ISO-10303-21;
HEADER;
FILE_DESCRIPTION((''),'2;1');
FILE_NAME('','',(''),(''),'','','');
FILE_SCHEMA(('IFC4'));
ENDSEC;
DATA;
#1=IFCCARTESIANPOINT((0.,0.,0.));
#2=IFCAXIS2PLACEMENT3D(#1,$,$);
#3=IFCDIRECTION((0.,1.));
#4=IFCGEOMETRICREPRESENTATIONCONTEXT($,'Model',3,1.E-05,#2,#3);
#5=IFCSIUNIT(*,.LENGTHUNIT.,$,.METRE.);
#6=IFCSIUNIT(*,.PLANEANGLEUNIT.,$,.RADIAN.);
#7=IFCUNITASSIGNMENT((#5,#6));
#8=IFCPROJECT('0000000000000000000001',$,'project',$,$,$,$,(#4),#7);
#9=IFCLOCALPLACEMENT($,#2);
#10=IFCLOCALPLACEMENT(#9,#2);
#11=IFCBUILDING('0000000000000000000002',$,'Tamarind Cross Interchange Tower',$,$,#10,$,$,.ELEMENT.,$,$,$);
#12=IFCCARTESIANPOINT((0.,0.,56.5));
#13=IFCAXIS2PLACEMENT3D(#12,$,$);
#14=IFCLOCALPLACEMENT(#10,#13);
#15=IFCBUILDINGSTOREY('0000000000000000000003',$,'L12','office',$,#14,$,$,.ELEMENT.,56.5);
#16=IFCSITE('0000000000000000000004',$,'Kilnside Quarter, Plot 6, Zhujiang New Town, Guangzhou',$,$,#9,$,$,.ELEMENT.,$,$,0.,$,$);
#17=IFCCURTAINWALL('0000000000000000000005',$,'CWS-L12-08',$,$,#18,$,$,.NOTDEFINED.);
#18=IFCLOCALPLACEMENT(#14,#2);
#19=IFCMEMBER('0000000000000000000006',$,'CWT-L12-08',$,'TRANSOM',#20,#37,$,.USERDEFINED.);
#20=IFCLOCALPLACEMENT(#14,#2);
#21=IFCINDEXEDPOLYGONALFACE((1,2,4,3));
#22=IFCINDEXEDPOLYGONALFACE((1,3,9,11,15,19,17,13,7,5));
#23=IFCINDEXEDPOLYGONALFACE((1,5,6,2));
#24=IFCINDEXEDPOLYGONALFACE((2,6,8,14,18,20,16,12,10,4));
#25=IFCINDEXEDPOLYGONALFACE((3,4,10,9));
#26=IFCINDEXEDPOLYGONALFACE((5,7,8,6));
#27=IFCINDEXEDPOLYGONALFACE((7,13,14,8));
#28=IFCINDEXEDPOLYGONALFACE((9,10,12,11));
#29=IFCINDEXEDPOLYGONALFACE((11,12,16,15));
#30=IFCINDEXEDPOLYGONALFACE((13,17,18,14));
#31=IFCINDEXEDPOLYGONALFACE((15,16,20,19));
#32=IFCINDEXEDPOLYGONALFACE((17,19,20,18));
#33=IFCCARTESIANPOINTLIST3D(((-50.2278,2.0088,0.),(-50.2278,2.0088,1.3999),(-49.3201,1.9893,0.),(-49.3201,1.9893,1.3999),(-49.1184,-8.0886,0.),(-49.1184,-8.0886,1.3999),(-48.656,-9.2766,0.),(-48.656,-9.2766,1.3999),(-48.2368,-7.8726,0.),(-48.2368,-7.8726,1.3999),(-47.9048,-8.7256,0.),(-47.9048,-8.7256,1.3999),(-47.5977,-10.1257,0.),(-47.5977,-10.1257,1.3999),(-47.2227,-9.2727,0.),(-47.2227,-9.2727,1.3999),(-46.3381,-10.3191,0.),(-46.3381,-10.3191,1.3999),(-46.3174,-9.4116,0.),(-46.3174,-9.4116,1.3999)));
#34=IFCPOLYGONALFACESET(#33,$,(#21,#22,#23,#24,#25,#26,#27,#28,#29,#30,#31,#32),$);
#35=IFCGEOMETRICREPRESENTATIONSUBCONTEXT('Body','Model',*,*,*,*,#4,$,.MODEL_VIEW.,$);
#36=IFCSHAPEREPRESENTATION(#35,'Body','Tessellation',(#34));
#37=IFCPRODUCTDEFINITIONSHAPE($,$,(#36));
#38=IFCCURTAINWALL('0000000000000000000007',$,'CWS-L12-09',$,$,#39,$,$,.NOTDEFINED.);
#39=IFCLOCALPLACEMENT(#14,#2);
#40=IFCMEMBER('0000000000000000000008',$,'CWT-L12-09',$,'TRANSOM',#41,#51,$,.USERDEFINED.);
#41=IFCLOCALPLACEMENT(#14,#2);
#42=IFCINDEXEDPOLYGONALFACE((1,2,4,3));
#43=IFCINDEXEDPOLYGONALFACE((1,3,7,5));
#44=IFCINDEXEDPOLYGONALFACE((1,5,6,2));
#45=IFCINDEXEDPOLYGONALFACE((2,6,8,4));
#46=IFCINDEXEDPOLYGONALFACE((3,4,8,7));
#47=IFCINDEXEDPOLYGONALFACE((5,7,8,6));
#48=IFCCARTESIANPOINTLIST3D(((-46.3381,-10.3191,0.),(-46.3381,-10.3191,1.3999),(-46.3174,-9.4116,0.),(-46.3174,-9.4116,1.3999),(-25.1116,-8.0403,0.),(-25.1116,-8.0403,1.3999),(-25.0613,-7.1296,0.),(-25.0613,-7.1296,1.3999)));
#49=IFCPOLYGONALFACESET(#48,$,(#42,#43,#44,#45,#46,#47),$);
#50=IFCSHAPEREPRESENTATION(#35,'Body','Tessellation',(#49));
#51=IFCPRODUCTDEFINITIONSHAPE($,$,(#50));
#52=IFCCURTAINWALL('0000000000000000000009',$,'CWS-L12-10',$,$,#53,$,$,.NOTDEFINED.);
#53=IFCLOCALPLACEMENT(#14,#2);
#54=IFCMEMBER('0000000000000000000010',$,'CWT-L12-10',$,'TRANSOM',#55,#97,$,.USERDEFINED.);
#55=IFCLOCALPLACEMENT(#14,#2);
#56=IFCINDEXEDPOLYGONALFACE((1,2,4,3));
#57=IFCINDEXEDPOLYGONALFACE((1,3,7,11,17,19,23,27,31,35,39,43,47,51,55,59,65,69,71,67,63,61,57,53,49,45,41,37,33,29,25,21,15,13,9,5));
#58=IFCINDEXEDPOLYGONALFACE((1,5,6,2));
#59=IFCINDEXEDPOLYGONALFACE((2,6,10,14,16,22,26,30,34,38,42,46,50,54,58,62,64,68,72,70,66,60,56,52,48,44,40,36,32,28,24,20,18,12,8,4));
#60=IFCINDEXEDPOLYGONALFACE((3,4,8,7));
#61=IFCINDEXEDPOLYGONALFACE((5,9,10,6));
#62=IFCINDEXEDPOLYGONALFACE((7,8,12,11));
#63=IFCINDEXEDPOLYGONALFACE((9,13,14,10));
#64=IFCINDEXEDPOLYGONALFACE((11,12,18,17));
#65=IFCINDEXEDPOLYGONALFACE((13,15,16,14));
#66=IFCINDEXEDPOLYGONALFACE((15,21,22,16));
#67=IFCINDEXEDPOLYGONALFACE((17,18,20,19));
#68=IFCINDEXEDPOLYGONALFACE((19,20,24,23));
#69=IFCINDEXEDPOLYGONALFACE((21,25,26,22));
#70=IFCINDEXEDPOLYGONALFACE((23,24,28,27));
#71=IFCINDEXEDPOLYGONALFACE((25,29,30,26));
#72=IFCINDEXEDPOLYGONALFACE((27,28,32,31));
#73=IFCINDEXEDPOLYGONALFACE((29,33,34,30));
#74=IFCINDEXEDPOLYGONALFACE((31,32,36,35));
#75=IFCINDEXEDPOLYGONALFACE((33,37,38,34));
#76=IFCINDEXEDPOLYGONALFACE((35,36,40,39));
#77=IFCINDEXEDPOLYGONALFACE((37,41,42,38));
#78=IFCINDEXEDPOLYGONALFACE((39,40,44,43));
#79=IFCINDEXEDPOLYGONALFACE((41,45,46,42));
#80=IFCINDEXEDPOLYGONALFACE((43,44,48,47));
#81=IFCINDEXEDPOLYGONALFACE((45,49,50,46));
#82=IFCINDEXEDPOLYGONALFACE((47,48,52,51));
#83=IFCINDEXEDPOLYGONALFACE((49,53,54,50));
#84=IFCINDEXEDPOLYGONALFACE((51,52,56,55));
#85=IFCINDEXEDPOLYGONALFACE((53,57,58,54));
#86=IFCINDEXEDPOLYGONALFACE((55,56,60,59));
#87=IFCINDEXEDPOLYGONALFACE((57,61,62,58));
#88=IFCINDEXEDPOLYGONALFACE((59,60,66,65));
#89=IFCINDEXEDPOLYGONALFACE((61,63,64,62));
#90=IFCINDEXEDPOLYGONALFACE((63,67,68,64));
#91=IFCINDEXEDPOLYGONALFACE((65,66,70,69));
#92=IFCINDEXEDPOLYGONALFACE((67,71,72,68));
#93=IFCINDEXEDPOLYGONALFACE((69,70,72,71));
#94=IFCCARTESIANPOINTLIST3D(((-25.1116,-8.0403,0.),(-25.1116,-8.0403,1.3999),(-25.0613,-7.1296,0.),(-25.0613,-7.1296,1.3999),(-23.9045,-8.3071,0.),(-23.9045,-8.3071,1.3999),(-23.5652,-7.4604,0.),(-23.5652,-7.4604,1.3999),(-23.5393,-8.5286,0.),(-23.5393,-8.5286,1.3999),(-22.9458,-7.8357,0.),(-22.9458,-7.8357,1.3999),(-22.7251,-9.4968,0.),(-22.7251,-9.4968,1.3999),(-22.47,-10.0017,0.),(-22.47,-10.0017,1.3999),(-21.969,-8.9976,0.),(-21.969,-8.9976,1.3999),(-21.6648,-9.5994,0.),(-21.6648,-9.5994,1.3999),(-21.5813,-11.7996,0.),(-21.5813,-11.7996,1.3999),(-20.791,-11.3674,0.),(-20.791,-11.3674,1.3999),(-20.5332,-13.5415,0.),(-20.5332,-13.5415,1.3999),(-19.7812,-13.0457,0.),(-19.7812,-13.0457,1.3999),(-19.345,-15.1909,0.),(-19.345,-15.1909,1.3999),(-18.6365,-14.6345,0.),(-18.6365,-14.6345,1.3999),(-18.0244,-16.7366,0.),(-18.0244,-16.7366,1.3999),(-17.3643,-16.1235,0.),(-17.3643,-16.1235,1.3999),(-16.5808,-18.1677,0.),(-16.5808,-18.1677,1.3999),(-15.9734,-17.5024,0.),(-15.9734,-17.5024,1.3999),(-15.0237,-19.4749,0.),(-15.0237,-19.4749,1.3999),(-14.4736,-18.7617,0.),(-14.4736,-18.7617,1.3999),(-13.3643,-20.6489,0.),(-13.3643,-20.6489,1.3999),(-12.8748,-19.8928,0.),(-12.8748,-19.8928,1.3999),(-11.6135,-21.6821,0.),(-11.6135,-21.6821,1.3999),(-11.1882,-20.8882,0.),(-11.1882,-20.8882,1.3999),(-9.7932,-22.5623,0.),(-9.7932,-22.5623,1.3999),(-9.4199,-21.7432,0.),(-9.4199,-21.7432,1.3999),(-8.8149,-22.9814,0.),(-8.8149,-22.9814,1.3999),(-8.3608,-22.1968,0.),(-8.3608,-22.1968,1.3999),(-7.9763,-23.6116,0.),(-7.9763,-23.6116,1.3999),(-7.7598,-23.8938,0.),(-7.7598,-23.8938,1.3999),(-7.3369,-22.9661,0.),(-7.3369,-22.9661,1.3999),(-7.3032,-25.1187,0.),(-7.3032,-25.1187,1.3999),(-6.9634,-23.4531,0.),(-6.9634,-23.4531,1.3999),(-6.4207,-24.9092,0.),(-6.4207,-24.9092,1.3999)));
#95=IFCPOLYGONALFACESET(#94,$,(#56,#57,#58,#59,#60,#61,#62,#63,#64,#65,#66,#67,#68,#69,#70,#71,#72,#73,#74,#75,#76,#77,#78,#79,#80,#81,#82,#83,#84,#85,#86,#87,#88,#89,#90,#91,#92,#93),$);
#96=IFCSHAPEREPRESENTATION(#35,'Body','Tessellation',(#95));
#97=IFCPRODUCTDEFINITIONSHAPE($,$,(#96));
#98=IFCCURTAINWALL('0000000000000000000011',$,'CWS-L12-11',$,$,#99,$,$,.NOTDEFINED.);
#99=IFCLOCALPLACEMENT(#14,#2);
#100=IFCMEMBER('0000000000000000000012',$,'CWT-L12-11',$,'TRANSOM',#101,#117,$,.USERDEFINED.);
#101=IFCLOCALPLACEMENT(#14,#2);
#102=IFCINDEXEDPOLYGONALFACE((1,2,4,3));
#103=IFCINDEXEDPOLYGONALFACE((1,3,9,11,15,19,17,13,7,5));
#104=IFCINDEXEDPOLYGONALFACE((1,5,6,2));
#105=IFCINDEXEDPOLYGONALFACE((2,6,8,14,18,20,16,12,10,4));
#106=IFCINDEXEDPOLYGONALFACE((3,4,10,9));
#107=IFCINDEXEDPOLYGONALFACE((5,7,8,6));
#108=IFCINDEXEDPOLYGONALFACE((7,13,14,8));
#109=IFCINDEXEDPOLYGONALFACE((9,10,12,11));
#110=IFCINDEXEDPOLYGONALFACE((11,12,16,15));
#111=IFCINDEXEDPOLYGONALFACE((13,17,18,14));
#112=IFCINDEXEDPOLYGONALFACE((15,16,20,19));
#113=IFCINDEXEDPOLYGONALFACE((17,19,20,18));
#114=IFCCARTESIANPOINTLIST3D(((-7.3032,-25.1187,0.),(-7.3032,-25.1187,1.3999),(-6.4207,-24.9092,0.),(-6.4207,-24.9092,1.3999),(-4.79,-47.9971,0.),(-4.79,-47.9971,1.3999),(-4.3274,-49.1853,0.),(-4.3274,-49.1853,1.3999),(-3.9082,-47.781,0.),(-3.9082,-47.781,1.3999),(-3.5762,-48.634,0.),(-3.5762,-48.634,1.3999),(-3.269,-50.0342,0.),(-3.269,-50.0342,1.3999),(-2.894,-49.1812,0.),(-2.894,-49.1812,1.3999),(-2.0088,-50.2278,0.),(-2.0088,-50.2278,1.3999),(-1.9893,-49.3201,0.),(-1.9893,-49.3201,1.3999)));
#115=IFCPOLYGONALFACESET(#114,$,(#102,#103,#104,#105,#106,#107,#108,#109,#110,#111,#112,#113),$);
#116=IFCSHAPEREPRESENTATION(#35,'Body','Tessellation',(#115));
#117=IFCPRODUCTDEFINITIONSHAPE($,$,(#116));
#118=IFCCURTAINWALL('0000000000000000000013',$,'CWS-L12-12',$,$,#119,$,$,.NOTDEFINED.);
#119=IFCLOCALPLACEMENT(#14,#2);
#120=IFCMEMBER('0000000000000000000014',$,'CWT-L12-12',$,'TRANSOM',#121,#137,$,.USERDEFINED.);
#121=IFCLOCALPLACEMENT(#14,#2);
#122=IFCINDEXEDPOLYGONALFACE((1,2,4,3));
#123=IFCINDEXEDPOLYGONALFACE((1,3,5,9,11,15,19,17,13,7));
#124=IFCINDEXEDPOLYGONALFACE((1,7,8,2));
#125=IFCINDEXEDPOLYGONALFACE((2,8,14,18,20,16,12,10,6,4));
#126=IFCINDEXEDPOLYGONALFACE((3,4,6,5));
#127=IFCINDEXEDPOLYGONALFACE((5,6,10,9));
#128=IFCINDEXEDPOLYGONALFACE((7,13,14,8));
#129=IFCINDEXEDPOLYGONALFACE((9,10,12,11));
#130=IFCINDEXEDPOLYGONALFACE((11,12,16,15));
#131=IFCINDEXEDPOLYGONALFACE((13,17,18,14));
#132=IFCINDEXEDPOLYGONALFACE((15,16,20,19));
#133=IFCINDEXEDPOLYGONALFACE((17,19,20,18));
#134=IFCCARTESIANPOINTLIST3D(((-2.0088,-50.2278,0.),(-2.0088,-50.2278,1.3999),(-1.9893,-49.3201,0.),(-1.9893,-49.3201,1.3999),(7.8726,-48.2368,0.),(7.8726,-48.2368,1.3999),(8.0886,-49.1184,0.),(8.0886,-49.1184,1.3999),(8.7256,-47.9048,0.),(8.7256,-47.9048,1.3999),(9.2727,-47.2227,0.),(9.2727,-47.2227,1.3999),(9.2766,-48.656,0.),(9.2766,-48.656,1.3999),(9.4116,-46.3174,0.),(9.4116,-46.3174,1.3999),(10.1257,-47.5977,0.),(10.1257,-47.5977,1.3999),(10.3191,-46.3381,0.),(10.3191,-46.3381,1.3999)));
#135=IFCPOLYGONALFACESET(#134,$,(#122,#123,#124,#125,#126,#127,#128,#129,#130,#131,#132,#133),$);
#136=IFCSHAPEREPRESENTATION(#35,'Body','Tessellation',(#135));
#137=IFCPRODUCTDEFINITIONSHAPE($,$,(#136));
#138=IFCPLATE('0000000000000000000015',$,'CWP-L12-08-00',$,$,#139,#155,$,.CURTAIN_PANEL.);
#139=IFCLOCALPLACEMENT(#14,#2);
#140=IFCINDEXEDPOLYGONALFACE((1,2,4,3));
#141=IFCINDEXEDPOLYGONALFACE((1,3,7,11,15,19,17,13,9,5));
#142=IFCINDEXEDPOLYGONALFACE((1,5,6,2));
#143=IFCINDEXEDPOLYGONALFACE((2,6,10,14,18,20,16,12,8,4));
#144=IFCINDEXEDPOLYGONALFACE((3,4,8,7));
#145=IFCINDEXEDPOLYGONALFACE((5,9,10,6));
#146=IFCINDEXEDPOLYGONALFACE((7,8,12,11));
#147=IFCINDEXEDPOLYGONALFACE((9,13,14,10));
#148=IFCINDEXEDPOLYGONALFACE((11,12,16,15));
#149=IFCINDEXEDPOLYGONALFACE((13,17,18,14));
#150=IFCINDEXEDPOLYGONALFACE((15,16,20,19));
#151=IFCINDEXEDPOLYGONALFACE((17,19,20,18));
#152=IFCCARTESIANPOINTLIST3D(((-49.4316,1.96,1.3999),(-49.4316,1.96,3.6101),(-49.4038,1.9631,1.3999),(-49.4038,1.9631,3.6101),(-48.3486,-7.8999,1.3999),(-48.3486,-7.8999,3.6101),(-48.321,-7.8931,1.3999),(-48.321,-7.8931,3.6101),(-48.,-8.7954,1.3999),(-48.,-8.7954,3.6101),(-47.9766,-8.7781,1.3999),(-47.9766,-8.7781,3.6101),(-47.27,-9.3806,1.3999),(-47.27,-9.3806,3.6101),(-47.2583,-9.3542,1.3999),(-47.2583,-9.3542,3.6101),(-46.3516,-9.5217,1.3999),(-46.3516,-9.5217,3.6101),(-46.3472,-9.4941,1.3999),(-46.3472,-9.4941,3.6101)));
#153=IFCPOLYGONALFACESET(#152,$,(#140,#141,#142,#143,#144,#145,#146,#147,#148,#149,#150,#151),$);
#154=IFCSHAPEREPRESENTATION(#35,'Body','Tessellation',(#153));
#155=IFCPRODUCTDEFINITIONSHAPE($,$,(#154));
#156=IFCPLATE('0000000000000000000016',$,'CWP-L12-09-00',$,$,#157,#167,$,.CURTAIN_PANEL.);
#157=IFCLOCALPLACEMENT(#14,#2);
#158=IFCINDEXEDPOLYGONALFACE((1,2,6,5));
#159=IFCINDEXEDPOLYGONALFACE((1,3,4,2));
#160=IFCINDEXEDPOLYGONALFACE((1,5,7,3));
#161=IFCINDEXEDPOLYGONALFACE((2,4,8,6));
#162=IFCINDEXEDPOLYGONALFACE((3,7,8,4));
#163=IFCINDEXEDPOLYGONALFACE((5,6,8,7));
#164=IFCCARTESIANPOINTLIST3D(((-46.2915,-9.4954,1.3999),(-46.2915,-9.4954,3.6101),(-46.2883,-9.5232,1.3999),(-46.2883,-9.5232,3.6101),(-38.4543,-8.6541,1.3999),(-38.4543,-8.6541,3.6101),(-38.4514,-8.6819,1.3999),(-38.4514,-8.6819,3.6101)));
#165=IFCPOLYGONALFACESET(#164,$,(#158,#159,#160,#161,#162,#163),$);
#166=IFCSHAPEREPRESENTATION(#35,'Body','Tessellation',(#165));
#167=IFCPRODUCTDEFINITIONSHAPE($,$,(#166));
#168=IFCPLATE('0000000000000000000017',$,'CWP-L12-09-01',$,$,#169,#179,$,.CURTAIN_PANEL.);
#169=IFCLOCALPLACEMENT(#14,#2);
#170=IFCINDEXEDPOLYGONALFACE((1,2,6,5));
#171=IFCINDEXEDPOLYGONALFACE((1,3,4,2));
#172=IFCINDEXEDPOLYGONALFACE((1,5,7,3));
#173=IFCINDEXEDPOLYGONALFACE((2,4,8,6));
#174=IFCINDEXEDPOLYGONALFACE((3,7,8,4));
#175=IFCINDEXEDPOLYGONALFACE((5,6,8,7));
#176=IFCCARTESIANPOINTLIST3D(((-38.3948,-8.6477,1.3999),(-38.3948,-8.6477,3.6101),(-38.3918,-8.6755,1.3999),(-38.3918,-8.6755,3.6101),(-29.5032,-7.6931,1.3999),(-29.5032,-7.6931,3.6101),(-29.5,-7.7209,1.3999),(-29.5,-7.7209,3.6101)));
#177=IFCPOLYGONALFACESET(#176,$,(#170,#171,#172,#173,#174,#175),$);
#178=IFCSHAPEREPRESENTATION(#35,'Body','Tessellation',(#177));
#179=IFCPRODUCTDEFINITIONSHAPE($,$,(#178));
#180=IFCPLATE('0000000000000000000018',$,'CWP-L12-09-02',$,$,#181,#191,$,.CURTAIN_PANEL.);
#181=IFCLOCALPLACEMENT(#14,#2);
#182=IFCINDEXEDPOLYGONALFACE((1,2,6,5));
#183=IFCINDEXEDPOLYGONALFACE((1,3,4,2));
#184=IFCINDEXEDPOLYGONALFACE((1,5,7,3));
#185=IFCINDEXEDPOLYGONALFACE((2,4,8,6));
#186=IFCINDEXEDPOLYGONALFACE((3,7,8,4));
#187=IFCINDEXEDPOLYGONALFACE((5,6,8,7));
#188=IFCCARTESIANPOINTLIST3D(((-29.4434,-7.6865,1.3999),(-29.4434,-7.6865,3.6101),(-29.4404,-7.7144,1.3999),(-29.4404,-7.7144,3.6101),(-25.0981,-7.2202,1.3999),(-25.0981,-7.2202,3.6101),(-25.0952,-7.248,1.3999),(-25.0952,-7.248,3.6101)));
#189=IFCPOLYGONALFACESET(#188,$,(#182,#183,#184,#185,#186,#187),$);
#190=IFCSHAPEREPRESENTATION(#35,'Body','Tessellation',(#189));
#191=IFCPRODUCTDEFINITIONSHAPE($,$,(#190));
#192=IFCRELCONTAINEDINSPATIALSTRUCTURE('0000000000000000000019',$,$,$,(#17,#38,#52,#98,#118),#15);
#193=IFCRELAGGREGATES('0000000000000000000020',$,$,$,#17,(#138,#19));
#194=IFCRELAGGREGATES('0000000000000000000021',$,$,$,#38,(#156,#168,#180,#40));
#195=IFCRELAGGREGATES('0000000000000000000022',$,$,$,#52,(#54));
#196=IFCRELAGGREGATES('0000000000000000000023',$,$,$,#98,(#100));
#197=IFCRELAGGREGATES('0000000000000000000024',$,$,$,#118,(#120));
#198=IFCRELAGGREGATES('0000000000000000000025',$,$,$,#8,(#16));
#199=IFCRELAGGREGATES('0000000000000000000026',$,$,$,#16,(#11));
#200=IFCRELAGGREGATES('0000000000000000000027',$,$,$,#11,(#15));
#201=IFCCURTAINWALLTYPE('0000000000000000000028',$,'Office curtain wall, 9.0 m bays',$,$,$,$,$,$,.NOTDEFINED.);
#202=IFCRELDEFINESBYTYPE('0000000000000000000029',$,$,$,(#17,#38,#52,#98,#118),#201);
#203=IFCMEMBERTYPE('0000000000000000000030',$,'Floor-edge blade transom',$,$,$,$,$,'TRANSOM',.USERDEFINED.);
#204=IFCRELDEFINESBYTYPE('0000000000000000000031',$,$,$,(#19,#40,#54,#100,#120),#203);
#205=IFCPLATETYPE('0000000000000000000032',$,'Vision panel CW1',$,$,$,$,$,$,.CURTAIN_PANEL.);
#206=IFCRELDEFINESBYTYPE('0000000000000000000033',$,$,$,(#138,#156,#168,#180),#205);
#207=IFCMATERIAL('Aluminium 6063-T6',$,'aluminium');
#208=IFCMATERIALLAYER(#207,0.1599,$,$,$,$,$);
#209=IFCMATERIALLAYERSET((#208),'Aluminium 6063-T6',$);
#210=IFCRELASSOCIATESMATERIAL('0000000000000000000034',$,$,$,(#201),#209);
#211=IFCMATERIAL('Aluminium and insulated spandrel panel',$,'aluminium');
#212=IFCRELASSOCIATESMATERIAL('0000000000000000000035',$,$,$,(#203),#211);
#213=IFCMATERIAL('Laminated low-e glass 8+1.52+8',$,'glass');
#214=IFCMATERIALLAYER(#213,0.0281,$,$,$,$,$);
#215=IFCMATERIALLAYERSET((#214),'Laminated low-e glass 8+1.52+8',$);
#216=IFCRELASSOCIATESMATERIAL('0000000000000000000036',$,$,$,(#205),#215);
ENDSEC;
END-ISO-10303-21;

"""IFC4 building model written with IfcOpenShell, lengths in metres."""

from ifc_helpers import new_model, si_unit, direction, frame, origin, place, context, subcontext, project, spatial, polyline, outline, extrude, material, layer, layer_set, type_object, element, aggregate, save


model = new_model("IFC4")

# Units and contexts
model_context = context("Model", 3, precision=1e-05, world=origin(), true_north=direction((0.0, 1.0)))
body_context = subcontext(model_context, "Body", "Model", "MODEL_VIEW")
ifc_project = project(units=[si_unit("LENGTHUNIT", "METRE"), si_unit("PLANEANGLEUNIT", "RADIAN")], contexts=[model_context])

# Site, building, storey
site_placement = place(None, origin())
site = spatial("IfcSite", under=ifc_project, at=site_placement, Name="Kilnside Quarter, Plot 6, Zhujiang New Town, Guangzhou", CompositionType="ELEMENT", RefElevation=0.0)
building_placement = place(site_placement, origin())
building = spatial("IfcBuilding", under=site, at=building_placement, Name="Tamarind Cross Interchange Tower", CompositionType="ELEMENT")
storey_placement = place(building_placement, frame((0.0, 0.0, 56.5)))
storey = spatial("IfcBuildingStorey", under=building, at=storey_placement, Name="L12", Description="office", CompositionType="ELEMENT", Elevation=56.5)

# Curtain walls, members
ifc_material_1 = material(Name="Aluminium 6063-T6", Category="aluminium")
ifc_layer_1 = layer(ifc_material_1, 0.1599)
ifc_layer_set_1 = layer_set([ifc_layer_1], Name="Aluminium 6063-T6")
curtain_wall_type = type_object("IfcCurtainWallType", Name="Office curtain wall, 9.0 m bays", PredefinedType="NOTDEFINED", material=ifc_layer_set_1)
curtain_wall_1_placement = place(storey_placement, origin())
curtain_wall_1 = element("IfcCurtainWall", 1, at=curtain_wall_1_placement, inside=storey, type_object=curtain_wall_type, Name="CWS-L12-08", PredefinedType="NOTDEFINED")
ifc_material_2 = material(Name="Aluminium and insulated spandrel panel", Category="aluminium")
member_type = type_object("IfcMemberType", Name="Floor-edge blade transom", ElementType="TRANSOM", PredefinedType="USERDEFINED", material=ifc_material_2)
member_1_placement = place(storey_placement, origin())
member_1 = element("IfcMember", 2, at=member_1_placement, type_object=member_type, Name="CWT-L12-08", ObjectType="TRANSOM", PredefinedType="USERDEFINED", context=body_context, shape_type="SweptSolid", body=[
    extrude(outline(polyline([(-49.3201, 1.9893), (-48.2368, -7.8726), (-47.9048, -8.7256), (-47.2227, -9.2727), (-46.3174, -9.4116), (-46.3381, -10.3191), (-47.5977, -10.1257), (-48.656, -9.2766), (-49.1184, -8.0886), (-50.2278, 2.0088), (-49.3201, 1.9893)])), origin(), (0.0, 0.0, 1.0), 1.3999),
])
curtain_wall_2_placement = place(storey_placement, origin())
curtain_wall_2 = element("IfcCurtainWall", 3, at=curtain_wall_2_placement, inside=storey, type_object=curtain_wall_type, Name="CWS-L12-09", PredefinedType="NOTDEFINED")
member_2_placement = place(storey_placement, origin())
member_2 = element("IfcMember", 4, at=member_2_placement, type_object=member_type, Name="CWT-L12-09", ObjectType="TRANSOM", PredefinedType="USERDEFINED", context=body_context, shape_type="SweptSolid", body=[
    extrude(outline(polyline([(-46.3174, -9.4116), (-25.0613, -7.1296), (-25.1116, -8.0403), (-46.3381, -10.3191), (-46.3174, -9.4116)])), origin(), (0.0, 0.0, 1.0), 1.3999),
])
curtain_wall_3_placement = place(storey_placement, origin())
curtain_wall_3 = element("IfcCurtainWall", 5, at=curtain_wall_3_placement, inside=storey, type_object=curtain_wall_type, Name="CWS-L12-10", PredefinedType="NOTDEFINED")
member_3_placement = place(storey_placement, origin())
member_3 = element("IfcMember", 6, at=member_3_placement, type_object=member_type, Name="CWT-L12-10", ObjectType="TRANSOM", PredefinedType="USERDEFINED", context=body_context, shape_type="SweptSolid", body=[
    extrude(outline(polyline([(-25.0613, -7.1296), (-23.5652, -7.4604), (-22.9458, -7.8357), (-21.969, -8.9976), (-21.6648, -9.5994), (-20.791, -11.3674), (-19.7812, -13.0457), (-18.6365, -14.6345), (-17.3643, -16.1235), (-15.9734, -17.5024), (-14.4736, -18.7617), (-12.8748, -19.8928), (-11.1882, -20.8882), (-9.4199, -21.7432), (-8.3608, -22.1968), (-7.3369, -22.9661), (-6.9634, -23.4531), (-6.4207, -24.9092), (-7.3032, -25.1187), (-7.7598, -23.8938), (-7.9763, -23.6116), (-8.8149, -22.9814), (-9.7932, -22.5623), (-11.6135, -21.6821), (-13.3643, -20.6489), (-15.0237, -19.4749), (-16.5808, -18.1677), (-18.0244, -16.7366), (-19.345, -15.1909), (-20.5332, -13.5415), (-21.5813, -11.7996), (-22.47, -10.0017), (-22.7251, -9.4968), (-23.5393, -8.5286), (-23.9045, -8.3071), (-25.1116, -8.0403), (-25.0613, -7.1296)])), origin(), (0.0, 0.0, 1.0), 1.3999),
])
curtain_wall_4_placement = place(storey_placement, origin())
curtain_wall_4 = element("IfcCurtainWall", 7, at=curtain_wall_4_placement, inside=storey, type_object=curtain_wall_type, Name="CWS-L12-11", PredefinedType="NOTDEFINED")
member_4_placement = place(storey_placement, origin())
member_4 = element("IfcMember", 8, at=member_4_placement, type_object=member_type, Name="CWT-L12-11", ObjectType="TRANSOM", PredefinedType="USERDEFINED", context=body_context, shape_type="SweptSolid", body=[
    extrude(outline(polyline([(-6.4207, -24.9092), (-3.9082, -47.781), (-3.5762, -48.634), (-2.894, -49.1812), (-1.9893, -49.3201), (-2.0088, -50.2278), (-3.269, -50.0342), (-4.3274, -49.1853), (-4.79, -47.9971), (-7.3032, -25.1187), (-6.4207, -24.9092)])), origin(), (0.0, 0.0, 1.0), 1.3999),
])
curtain_wall_5_placement = place(storey_placement, origin())
curtain_wall_5 = element("IfcCurtainWall", 9, at=curtain_wall_5_placement, inside=storey, type_object=curtain_wall_type, Name="CWS-L12-12", PredefinedType="NOTDEFINED")
member_5_placement = place(storey_placement, origin())
member_5 = element("IfcMember", 10, at=member_5_placement, type_object=member_type, Name="CWT-L12-12", ObjectType="TRANSOM", PredefinedType="USERDEFINED", context=body_context, shape_type="SweptSolid", body=[
    extrude(outline(polyline([(-1.9893, -49.3201), (7.8726, -48.2368), (8.7256, -47.9048), (9.2727, -47.2227), (9.4116, -46.3174), (10.3191, -46.3381), (10.1257, -47.5977), (9.2766, -48.656), (8.0886, -49.1184), (-2.0088, -50.2278), (-1.9893, -49.3201)])), origin(), (0.0, 0.0, 1.0), 1.3999),
])

# Plates
ifc_material_3 = material(Name="Laminated low-e glass 8+1.52+8", Category="glass")
ifc_layer_2 = layer(ifc_material_3, 0.0281)
ifc_layer_set_2 = layer_set([ifc_layer_2], Name="Laminated low-e glass 8+1.52+8")
plate_type = type_object("IfcPlateType", Name="Vision panel CW1", PredefinedType="CURTAIN_PANEL", material=ifc_layer_set_2)
plate_1_placement = place(storey_placement, frame((0.0, 0.0, 1.3999)))
plate_1 = element("IfcPlate", 11, at=plate_1_placement, type_object=plate_type, Name="CWP-L12-08-00", PredefinedType="CURTAIN_PANEL", context=body_context, shape_type="SweptSolid", body=[
    extrude(outline(polyline([(-49.4038, 1.9631), (-48.321, -7.8931), (-47.9766, -8.7781), (-47.2583, -9.3542), (-46.3472, -9.4941), (-46.3516, -9.5217), (-47.27, -9.3806), (-48.0, -8.7954), (-48.3486, -7.8999), (-49.4316, 1.96), (-49.4038, 1.9631)])), origin(), (0.0, 0.0, 1.0), 2.2102),
])
aggregate(curtain_wall_1, [plate_1, member_1])
plate_2_placement = place(storey_placement, frame((0.0, 0.0, 1.3999)))
plate_2 = element("IfcPlate", 12, at=plate_2_placement, type_object=plate_type, Name="CWP-L12-09-00", PredefinedType="CURTAIN_PANEL", context=body_context, shape_type="SweptSolid", body=[
    extrude(outline(polyline([(-46.2915, -9.4954), (-38.4543, -8.6541), (-38.4514, -8.6819), (-46.2883, -9.5232), (-46.2915, -9.4954)])), origin(), (0.0, 0.0, 1.0), 2.2102),
])
plate_3_placement = place(storey_placement, frame((0.0, 0.0, 1.3999)))
plate_3 = element("IfcPlate", 13, at=plate_3_placement, type_object=plate_type, Name="CWP-L12-09-01", PredefinedType="CURTAIN_PANEL", context=body_context, shape_type="SweptSolid", body=[
    extrude(outline(polyline([(-38.3948, -8.6477), (-29.5032, -7.6931), (-29.5, -7.7209), (-38.3918, -8.6755), (-38.3948, -8.6477)])), origin(), (0.0, 0.0, 1.0), 2.2102),
])
plate_4_placement = place(storey_placement, frame((0.0, 0.0, 1.3999)))
plate_4 = element("IfcPlate", 14, at=plate_4_placement, type_object=plate_type, Name="CWP-L12-09-02", PredefinedType="CURTAIN_PANEL", context=body_context, shape_type="SweptSolid", body=[
    extrude(outline(polyline([(-29.4434, -7.6865), (-25.0981, -7.2202), (-25.0952, -7.248), (-29.4404, -7.7144), (-29.4434, -7.6865)])), origin(), (0.0, 0.0, 1.0), 2.2102),
])
aggregate(curtain_wall_2, [plate_2, plate_3, plate_4, member_2])
aggregate(curtain_wall_3, [member_3])
aggregate(curtain_wall_4, [member_4])
aggregate(curtain_wall_5, [member_5])

save(model, "model.ifc")
